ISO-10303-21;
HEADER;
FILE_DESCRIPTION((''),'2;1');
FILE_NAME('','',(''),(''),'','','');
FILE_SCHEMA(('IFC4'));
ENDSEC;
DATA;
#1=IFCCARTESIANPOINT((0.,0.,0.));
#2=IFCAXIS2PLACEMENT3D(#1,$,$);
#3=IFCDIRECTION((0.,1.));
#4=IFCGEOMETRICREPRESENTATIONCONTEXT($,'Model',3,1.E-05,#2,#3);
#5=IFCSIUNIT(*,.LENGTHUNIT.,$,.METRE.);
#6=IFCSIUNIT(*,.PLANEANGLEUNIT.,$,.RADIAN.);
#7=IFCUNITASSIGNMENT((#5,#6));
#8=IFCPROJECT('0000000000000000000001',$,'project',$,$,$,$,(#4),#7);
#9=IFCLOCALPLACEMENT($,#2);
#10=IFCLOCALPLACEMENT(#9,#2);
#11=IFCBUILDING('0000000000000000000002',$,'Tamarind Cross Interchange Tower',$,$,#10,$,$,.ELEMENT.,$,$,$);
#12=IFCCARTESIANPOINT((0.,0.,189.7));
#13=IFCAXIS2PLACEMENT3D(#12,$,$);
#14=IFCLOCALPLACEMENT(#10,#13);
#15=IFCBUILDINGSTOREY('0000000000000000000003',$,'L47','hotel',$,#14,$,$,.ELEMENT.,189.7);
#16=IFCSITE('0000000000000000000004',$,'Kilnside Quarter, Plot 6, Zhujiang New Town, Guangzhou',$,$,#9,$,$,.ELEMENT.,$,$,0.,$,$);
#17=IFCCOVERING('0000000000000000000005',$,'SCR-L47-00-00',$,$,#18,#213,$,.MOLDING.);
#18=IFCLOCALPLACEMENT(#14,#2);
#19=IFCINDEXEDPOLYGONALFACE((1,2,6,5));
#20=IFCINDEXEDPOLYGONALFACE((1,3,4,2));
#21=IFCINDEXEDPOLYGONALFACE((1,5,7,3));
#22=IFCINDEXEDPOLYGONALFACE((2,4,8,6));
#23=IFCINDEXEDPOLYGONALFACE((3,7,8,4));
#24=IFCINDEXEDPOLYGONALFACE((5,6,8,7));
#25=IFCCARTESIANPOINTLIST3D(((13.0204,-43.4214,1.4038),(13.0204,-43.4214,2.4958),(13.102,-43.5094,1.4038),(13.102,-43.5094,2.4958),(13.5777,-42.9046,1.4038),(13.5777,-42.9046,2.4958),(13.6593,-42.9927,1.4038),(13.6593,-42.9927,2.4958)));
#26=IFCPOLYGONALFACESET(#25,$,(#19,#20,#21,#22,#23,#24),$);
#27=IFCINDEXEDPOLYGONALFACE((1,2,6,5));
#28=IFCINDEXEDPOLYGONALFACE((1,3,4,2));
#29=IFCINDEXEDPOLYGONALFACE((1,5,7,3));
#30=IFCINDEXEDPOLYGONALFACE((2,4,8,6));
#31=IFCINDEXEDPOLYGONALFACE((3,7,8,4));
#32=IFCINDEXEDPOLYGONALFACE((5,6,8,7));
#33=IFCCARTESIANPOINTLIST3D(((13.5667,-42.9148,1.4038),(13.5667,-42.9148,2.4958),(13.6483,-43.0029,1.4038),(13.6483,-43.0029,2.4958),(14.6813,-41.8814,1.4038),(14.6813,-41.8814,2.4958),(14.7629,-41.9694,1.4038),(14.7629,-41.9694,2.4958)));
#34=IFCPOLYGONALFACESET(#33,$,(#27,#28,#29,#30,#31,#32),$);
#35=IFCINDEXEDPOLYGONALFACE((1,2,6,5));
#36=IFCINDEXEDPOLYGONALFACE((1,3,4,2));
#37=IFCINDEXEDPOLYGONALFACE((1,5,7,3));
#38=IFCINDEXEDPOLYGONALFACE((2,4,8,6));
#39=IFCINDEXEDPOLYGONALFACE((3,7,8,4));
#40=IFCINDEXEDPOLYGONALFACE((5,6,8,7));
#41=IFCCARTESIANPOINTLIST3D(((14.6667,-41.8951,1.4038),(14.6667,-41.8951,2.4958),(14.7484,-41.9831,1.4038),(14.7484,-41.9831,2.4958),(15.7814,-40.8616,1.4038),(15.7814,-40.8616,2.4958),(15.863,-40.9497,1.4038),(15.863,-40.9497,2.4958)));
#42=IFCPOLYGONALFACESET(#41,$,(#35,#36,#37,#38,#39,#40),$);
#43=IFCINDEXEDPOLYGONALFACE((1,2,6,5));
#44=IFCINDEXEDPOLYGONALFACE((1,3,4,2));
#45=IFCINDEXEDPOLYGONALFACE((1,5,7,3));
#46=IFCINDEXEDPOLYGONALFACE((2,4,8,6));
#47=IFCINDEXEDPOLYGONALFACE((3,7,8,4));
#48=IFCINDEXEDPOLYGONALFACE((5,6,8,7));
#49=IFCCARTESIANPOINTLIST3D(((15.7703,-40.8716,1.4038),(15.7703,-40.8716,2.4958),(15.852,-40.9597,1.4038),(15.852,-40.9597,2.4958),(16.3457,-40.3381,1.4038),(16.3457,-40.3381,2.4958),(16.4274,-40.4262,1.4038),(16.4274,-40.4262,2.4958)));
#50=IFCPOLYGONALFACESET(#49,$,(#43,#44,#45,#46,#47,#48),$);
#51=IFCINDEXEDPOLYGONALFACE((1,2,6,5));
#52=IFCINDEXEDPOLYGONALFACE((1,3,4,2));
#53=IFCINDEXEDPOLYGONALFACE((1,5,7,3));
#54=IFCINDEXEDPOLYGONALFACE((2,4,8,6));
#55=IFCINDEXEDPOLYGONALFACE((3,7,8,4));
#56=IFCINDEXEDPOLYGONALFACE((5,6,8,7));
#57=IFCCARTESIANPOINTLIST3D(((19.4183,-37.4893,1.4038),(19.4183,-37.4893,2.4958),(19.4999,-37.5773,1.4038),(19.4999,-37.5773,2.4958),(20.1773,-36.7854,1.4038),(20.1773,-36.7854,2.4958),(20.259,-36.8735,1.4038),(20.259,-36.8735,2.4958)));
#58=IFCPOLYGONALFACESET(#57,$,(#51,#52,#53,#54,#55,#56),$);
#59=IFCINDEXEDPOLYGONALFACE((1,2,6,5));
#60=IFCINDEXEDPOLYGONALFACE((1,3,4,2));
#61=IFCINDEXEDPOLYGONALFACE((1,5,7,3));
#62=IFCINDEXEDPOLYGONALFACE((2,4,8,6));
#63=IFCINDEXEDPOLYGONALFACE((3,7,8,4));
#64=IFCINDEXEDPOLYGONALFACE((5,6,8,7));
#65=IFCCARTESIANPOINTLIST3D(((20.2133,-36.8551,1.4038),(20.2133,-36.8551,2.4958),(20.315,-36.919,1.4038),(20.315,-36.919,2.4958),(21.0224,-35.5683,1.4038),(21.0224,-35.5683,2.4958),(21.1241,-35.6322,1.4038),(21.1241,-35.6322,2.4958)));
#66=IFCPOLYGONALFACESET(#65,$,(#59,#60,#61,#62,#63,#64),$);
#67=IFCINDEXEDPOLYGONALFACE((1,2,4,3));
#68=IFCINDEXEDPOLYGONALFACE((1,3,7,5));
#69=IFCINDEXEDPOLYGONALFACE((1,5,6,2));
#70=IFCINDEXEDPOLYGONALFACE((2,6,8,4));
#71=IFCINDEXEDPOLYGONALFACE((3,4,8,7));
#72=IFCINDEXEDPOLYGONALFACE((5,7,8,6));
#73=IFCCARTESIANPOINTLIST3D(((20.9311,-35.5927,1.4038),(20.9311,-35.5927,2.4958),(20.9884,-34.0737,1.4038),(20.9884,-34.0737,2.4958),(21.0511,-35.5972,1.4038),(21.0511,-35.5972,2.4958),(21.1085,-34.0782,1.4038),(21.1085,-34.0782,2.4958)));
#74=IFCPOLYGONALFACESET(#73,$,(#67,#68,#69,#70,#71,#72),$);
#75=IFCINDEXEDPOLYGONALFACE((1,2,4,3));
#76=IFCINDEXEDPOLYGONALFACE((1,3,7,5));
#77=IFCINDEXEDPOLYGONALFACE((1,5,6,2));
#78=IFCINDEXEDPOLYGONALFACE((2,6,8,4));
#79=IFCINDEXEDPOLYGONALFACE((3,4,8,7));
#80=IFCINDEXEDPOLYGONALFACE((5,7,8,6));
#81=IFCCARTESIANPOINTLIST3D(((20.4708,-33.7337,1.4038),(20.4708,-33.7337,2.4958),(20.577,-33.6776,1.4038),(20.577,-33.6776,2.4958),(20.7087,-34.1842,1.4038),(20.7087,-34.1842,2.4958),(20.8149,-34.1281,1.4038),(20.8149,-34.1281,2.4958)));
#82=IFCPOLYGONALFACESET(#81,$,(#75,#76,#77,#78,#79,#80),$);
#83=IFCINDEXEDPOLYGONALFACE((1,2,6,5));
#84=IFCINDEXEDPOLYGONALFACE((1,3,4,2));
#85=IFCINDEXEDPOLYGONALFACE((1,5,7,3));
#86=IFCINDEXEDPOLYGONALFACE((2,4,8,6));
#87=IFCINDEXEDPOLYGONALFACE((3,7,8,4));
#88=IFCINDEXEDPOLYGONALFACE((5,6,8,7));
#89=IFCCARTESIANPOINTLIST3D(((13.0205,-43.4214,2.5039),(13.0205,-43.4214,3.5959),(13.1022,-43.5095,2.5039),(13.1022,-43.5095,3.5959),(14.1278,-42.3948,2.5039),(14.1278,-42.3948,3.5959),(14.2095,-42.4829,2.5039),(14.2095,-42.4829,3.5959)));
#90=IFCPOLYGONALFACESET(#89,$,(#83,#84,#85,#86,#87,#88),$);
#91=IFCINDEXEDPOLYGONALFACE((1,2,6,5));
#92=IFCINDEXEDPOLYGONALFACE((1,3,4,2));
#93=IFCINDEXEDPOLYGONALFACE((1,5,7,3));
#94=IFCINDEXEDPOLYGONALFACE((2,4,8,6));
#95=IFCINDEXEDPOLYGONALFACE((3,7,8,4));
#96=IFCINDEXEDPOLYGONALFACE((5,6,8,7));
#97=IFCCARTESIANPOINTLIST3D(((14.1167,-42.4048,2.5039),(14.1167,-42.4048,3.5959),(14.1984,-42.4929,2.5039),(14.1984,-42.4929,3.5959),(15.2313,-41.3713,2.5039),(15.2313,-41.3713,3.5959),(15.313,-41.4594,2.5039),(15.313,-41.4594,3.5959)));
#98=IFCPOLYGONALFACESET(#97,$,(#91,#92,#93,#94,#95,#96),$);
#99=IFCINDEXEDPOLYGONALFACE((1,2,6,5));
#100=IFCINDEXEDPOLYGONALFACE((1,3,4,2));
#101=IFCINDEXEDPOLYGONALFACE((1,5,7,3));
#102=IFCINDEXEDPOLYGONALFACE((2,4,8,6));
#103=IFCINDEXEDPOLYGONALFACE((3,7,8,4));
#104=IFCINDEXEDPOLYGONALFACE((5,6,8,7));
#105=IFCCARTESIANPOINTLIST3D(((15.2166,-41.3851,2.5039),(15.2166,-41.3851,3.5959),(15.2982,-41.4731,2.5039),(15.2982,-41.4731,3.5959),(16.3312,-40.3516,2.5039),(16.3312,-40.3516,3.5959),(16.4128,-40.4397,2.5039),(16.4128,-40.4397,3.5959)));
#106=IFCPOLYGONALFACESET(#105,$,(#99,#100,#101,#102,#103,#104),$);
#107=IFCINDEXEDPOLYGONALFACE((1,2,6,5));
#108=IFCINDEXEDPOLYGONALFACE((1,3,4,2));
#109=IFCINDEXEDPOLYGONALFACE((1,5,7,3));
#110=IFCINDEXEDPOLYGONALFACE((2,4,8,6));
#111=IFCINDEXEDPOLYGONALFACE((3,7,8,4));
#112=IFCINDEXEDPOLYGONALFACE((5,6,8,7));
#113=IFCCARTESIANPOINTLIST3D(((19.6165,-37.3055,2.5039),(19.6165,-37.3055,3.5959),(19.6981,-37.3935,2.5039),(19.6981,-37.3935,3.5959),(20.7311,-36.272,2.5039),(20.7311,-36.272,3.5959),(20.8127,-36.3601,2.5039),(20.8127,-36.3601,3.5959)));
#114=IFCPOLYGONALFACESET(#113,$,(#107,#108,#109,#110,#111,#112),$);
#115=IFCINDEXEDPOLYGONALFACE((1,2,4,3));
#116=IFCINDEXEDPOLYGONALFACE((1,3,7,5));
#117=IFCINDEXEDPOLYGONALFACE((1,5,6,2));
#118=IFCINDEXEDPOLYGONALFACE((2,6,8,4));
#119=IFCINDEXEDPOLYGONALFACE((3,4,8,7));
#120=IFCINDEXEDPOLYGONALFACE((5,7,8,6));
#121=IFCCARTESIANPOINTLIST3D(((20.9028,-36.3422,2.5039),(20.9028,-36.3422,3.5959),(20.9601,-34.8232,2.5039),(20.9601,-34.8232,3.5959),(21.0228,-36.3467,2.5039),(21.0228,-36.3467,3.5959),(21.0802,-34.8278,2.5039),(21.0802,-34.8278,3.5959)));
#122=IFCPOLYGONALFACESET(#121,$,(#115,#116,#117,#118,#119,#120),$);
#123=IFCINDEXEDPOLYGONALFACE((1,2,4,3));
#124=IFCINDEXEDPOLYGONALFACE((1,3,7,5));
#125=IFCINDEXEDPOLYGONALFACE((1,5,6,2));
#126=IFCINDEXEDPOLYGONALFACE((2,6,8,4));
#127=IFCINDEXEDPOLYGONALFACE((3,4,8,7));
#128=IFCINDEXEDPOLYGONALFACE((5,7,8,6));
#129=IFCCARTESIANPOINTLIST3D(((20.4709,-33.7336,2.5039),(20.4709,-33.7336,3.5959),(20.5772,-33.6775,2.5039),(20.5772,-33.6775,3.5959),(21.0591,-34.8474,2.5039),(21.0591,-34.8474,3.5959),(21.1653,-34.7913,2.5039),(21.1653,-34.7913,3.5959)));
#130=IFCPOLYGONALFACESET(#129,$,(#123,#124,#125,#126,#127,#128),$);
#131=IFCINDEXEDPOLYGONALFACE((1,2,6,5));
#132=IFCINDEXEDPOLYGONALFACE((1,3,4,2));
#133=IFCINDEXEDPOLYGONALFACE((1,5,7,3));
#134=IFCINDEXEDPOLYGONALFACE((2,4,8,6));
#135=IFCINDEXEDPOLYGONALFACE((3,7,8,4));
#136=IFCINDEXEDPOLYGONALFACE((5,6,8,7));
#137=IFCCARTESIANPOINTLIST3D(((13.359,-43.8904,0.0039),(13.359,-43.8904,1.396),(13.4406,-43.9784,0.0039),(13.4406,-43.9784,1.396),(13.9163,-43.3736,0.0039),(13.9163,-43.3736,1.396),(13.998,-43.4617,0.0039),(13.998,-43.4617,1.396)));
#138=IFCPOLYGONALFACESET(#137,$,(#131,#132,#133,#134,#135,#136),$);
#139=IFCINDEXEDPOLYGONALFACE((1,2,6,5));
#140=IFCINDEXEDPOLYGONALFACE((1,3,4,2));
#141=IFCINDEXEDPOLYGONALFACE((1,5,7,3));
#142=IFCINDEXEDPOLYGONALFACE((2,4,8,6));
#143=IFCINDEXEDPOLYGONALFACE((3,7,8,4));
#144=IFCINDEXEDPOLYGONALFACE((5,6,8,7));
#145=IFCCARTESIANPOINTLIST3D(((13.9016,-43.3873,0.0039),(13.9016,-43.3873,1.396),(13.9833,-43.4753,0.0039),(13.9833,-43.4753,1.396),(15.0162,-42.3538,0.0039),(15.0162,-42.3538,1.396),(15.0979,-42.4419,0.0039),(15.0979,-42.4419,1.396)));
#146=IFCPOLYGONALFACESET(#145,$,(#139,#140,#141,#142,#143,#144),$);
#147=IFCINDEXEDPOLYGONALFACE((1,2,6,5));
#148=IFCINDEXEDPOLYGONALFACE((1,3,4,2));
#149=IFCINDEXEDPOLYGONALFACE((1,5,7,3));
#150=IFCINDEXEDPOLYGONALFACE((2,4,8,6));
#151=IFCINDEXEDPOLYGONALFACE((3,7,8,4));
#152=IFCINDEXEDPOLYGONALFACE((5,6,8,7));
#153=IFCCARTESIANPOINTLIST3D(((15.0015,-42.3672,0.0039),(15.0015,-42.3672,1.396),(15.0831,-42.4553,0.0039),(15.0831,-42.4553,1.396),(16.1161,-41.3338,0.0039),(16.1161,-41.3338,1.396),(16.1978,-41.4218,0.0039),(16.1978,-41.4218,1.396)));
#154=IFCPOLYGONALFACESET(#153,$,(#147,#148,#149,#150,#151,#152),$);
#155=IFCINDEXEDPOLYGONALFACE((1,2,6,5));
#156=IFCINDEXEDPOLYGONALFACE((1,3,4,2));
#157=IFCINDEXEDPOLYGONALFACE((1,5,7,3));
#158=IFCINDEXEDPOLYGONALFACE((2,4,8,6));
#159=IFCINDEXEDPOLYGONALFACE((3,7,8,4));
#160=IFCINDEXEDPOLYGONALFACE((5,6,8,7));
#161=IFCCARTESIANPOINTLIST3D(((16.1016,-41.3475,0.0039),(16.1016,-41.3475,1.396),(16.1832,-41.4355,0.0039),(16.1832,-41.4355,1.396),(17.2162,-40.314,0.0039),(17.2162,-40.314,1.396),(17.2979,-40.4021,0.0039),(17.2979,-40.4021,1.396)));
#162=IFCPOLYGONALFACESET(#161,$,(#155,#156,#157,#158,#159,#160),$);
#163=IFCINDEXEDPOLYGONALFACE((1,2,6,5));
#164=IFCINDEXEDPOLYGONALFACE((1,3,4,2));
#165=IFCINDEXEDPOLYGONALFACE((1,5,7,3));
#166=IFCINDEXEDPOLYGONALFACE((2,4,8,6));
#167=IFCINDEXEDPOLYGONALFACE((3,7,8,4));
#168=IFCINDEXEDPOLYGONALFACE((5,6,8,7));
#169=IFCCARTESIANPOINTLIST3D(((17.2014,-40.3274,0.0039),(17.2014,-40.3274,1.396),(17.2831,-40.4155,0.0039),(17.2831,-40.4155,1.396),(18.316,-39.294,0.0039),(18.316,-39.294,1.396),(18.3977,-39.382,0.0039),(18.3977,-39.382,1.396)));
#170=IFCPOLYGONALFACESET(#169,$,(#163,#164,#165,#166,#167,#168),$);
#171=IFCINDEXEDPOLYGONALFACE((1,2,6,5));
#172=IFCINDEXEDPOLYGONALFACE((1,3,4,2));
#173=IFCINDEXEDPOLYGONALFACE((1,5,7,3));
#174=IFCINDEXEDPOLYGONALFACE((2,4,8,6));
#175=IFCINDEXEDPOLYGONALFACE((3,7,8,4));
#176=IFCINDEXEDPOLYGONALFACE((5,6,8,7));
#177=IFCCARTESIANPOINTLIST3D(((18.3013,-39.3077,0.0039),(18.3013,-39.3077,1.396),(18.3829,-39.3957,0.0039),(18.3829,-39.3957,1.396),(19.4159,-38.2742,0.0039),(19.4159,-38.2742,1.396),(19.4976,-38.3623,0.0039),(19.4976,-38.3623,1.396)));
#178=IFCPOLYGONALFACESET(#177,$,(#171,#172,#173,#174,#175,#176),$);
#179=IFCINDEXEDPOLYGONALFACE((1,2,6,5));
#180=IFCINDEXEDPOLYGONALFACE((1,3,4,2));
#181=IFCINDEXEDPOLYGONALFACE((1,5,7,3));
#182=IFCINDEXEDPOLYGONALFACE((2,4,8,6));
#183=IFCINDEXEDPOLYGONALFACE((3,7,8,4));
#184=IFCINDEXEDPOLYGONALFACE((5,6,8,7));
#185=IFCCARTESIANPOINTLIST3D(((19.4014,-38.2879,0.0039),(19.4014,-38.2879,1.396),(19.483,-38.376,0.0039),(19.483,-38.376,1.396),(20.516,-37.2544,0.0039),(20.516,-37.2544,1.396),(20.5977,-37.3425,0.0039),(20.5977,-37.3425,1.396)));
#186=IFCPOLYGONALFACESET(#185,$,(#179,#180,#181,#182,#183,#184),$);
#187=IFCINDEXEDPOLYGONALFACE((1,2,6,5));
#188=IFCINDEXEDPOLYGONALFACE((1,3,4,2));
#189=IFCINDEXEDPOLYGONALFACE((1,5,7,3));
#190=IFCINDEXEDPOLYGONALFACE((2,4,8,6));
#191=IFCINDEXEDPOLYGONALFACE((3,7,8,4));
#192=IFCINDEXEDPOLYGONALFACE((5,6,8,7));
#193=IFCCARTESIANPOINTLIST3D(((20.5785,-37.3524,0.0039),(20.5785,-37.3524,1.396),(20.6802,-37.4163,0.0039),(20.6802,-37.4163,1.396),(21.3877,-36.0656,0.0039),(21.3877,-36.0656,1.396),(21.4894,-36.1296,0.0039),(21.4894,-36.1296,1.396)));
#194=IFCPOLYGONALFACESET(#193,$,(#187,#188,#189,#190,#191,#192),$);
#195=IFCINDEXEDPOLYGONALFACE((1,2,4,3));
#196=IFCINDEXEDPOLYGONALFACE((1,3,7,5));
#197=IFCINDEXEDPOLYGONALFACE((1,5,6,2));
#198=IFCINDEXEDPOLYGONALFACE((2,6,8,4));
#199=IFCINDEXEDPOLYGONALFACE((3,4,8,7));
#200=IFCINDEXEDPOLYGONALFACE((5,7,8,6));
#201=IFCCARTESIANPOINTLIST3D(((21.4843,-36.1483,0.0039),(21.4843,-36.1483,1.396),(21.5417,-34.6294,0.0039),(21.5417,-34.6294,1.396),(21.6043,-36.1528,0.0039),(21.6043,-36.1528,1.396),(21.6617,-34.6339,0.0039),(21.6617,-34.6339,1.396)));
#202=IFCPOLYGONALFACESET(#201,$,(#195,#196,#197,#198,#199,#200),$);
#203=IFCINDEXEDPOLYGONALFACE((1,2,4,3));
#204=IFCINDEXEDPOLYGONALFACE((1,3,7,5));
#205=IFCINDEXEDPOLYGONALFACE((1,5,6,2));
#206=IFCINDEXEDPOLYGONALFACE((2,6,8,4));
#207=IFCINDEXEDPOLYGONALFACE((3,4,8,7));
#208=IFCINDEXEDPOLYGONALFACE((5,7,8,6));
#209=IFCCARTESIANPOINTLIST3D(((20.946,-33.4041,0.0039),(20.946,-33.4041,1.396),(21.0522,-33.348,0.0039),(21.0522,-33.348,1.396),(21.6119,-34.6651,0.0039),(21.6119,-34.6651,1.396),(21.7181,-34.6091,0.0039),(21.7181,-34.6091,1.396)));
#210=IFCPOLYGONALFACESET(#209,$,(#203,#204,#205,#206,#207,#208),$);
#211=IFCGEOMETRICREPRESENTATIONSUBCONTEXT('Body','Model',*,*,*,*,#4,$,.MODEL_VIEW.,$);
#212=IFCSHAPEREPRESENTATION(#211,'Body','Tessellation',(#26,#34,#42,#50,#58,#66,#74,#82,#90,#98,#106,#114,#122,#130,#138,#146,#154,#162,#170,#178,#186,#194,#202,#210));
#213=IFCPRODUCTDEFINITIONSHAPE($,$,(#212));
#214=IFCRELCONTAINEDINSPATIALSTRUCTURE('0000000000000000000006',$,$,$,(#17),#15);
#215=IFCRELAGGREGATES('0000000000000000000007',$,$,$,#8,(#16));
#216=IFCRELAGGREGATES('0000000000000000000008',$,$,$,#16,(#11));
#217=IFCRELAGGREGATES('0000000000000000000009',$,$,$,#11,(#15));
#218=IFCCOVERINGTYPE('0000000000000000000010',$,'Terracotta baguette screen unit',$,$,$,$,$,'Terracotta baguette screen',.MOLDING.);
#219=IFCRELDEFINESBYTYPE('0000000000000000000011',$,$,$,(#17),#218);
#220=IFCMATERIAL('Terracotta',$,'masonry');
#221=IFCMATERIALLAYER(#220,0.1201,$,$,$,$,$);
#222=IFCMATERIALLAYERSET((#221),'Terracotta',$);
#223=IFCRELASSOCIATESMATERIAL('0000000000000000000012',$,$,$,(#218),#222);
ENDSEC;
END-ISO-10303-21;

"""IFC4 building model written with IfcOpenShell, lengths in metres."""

from ifc_helpers import new_model, si_unit, direction, frame, origin, origin_2d, place, context, subcontext, project, spatial, rectangle, extrude, material, layer, layer_set, type_object, element, save


model = new_model("IFC4")

# Units and contexts
model_context = context("Model", 3, precision=1e-05, world=origin(), true_north=direction((0.0, 1.0)))
body_context = subcontext(model_context, "Body", "Model", "MODEL_VIEW")
ifc_project = project(units=[si_unit("LENGTHUNIT", "METRE"), si_unit("PLANEANGLEUNIT", "RADIAN")], contexts=[model_context])

# Site, building, storey
site_placement = place(None, origin())
site = spatial("IfcSite", under=ifc_project, at=site_placement, Name="Kilnside Quarter, Plot 6, Zhujiang New Town, Guangzhou", CompositionType="ELEMENT", RefElevation=0.0)
building_placement = place(site_placement, origin())
building = spatial("IfcBuilding", under=site, at=building_placement, Name="Tamarind Cross Interchange Tower", CompositionType="ELEMENT")
storey_placement = place(building_placement, frame((0.0, 0.0, 189.7)))
storey = spatial("IfcBuildingStorey", under=building, at=storey_placement, Name="L47", Description="hotel", CompositionType="ELEMENT", Elevation=189.7)

# Covering
ifc_material_1 = material(Name="Terracotta", Category="masonry")
ifc_layer_1 = layer(ifc_material_1, 0.1201)
ifc_layer_set_1 = layer_set([ifc_layer_1], Name="Terracotta")
covering_type = type_object("IfcCoveringType", Name="Terracotta baguette screen unit", ElementType="Terracotta baguette screen", PredefinedType="MOLDING", material=ifc_layer_set_1)
covering_placement = place(storey_placement, origin())
element("IfcCovering", 1, at=covering_placement, inside=storey, type_object=covering_type, Name="SCR-L47-00-00", PredefinedType="MOLDING", context=body_context, shape_type="SweptSolid", body=[
    extrude(rectangle(XDim=0.76, YDim=0.1201, at=origin_2d()), frame((13.3398, -43.207, 1.4038), z_axis=(0.0, 0.0, 1.0), x_axis=(0.733293, 0.679912, 0.0)), (0.0, 0.0, 1.0), 1.092),
    extrude(rectangle(XDim=1.52, YDim=0.1201, at=origin_2d()), frame((14.1648, -42.4421, 1.4038), z_axis=(0.0, 0.0, 1.0), x_axis=(0.733293, 0.679912, 0.0)), (0.0, 0.0, 1.0), 1.092),
    extrude(rectangle(XDim=1.52, YDim=0.1201, at=origin_2d()), frame((15.2649, -41.4224, 1.4038), z_axis=(0.0, 0.0, 1.0), x_axis=(0.733293, 0.679912, 0.0)), (0.0, 0.0, 1.0), 1.092),
    extrude(rectangle(XDim=0.7847, YDim=0.1201, at=origin_2d()), frame((16.0989, -40.6489, 1.4038), z_axis=(0.0, 0.0, 1.0), x_axis=(0.733293, 0.679912, 0.0)), (0.0, 0.0, 1.0), 1.092),
    extrude(rectangle(XDim=1.0352, YDim=0.1201, at=origin_2d()), frame((19.8386, -37.1814, 1.4038), z_axis=(0.0, 0.0, 1.0), x_axis=(0.733293, 0.679912, 0.0)), (0.0, 0.0, 1.0), 1.092),
    extrude(rectangle(XDim=1.52, YDim=0.1201, at=origin_2d()), frame((20.6687, -36.2437, 1.4038), z_axis=(0.0, 0.0, 1.0), x_axis=(0.532333, 0.846535, 0.0)), (0.0, 0.0, 1.0), 1.092),
    extrude(rectangle(XDim=1.52, YDim=0.1201, at=origin_2d()), frame((21.0198, -34.8354, 1.4038), z_axis=(0.0, 0.0, 1.0), x_axis=(0.037746, 0.999287, 0.0)), (0.0, 0.0, 1.0), 1.092),
    extrude(rectangle(XDim=0.5095, YDim=0.1201, at=origin_2d()), frame((20.6428, -33.9309, 1.4038), z_axis=(0.0, 0.0, 1.0), x_axis=(-0.466955, 0.884281, 0.0)), (0.0, 0.0, 1.0), 1.092),
    extrude(rectangle(XDim=1.51, YDim=0.1201, at=origin_2d()), frame((13.615, -42.9521, 2.5039), z_axis=(0.0, 0.0, 1.0), x_axis=(0.733293, 0.679912, 0.0)), (0.0, 0.0, 1.0), 1.092),
    extrude(rectangle(XDim=1.52, YDim=0.1201, at=origin_2d()), frame((14.7148, -41.9321, 2.5039), z_axis=(0.0, 0.0, 1.0), x_axis=(0.733293, 0.679912, 0.0)), (0.0, 0.0, 1.0), 1.092),
    extrude(rectangle(XDim=1.52, YDim=0.1201, at=origin_2d()), frame((15.8147, -40.9124, 2.5039), z_axis=(0.0, 0.0, 1.0), x_axis=(0.733293, 0.679912, 0.0)), (0.0, 0.0, 1.0), 1.092),
    extrude(rectangle(XDim=1.52, YDim=0.1201, at=origin_2d()), frame((20.2146, -36.8328, 2.5039), z_axis=(0.0, 0.0, 1.0), x_axis=(0.733293, 0.679912, 0.0)), (0.0, 0.0, 1.0), 1.092),
    extrude(rectangle(XDim=1.52, YDim=0.1201, at=origin_2d()), frame((20.9915, -35.585, 2.5039), z_axis=(0.0, 0.0, 1.0), x_axis=(0.037746, 0.999287, 0.0)), (0.0, 0.0, 1.0), 1.092),
    extrude(rectangle(XDim=1.2595, YDim=0.1201, at=origin_2d()), frame((20.8181, -34.2625, 2.5039), z_axis=(0.0, 0.0, 1.0), x_axis=(-0.466955, 0.884281, 0.0)), (0.0, 0.0, 1.0), 1.092),
    extrude(rectangle(XDim=0.76, YDim=0.1201, at=origin_2d()), frame((13.6785, -43.676, 0.0039), z_axis=(0.0, 0.0, 1.0), x_axis=(0.733293, 0.679912, 0.0)), (0.0, 0.0, 1.0), 1.3921),
    extrude(rectangle(XDim=1.52, YDim=0.1201, at=origin_2d()), frame((14.4998, -42.9146, 0.0039), z_axis=(0.0, 0.0, 1.0), x_axis=(0.733293, 0.679912, 0.0)), (0.0, 0.0, 1.0), 1.3921),
    extrude(rectangle(XDim=1.52, YDim=0.1201, at=origin_2d()), frame((15.5996, -41.8945, 0.0039), z_axis=(0.0, 0.0, 1.0), x_axis=(0.733293, 0.679912, 0.0)), (0.0, 0.0, 1.0), 1.3921),
    extrude(rectangle(XDim=1.52, YDim=0.1201, at=origin_2d()), frame((16.6997, -40.8748, 0.0039), z_axis=(0.0, 0.0, 1.0), x_axis=(0.733293, 0.679912, 0.0)), (0.0, 0.0, 1.0), 1.3921),
    extrude(rectangle(XDim=1.52, YDim=0.1201, at=origin_2d()), frame((17.7996, -39.8547, 0.0039), z_axis=(0.0, 0.0, 1.0), x_axis=(0.733293, 0.679912, 0.0)), (0.0, 0.0, 1.0), 1.3921),
    extrude(rectangle(XDim=1.52, YDim=0.1201, at=origin_2d()), frame((18.8994, -38.835, 0.0039), z_axis=(0.0, 0.0, 1.0), x_axis=(0.733293, 0.679912, 0.0)), (0.0, 0.0, 1.0), 1.3921),
    extrude(rectangle(XDim=1.52, YDim=0.1201, at=origin_2d()), frame((19.9995, -37.8152, 0.0039), z_axis=(0.0, 0.0, 1.0), x_axis=(0.733293, 0.679912, 0.0)), (0.0, 0.0, 1.0), 1.3921),
    extrude(rectangle(XDim=1.52, YDim=0.1201, at=origin_2d()), frame((21.0339, -36.741, 0.0039), z_axis=(0.0, 0.0, 1.0), x_axis=(0.532333, 0.846535, 0.0)), (0.0, 0.0, 1.0), 1.3921),
    extrude(rectangle(XDim=1.52, YDim=0.1201, at=origin_2d()), frame((21.573, -35.3911, 0.0039), z_axis=(0.0, 0.0, 1.0), x_axis=(0.037746, 0.999287, 0.0)), (0.0, 0.0, 1.0), 1.3921),
    extrude(rectangle(XDim=1.426, YDim=0.1201, at=origin_2d()), frame((21.332, -34.0066, 0.0039), z_axis=(0.0, 0.0, 1.0), x_axis=(-0.466955, 0.884281, 0.0)), (0.0, 0.0, 1.0), 1.3921),
])

save(model, "model.ifc")
